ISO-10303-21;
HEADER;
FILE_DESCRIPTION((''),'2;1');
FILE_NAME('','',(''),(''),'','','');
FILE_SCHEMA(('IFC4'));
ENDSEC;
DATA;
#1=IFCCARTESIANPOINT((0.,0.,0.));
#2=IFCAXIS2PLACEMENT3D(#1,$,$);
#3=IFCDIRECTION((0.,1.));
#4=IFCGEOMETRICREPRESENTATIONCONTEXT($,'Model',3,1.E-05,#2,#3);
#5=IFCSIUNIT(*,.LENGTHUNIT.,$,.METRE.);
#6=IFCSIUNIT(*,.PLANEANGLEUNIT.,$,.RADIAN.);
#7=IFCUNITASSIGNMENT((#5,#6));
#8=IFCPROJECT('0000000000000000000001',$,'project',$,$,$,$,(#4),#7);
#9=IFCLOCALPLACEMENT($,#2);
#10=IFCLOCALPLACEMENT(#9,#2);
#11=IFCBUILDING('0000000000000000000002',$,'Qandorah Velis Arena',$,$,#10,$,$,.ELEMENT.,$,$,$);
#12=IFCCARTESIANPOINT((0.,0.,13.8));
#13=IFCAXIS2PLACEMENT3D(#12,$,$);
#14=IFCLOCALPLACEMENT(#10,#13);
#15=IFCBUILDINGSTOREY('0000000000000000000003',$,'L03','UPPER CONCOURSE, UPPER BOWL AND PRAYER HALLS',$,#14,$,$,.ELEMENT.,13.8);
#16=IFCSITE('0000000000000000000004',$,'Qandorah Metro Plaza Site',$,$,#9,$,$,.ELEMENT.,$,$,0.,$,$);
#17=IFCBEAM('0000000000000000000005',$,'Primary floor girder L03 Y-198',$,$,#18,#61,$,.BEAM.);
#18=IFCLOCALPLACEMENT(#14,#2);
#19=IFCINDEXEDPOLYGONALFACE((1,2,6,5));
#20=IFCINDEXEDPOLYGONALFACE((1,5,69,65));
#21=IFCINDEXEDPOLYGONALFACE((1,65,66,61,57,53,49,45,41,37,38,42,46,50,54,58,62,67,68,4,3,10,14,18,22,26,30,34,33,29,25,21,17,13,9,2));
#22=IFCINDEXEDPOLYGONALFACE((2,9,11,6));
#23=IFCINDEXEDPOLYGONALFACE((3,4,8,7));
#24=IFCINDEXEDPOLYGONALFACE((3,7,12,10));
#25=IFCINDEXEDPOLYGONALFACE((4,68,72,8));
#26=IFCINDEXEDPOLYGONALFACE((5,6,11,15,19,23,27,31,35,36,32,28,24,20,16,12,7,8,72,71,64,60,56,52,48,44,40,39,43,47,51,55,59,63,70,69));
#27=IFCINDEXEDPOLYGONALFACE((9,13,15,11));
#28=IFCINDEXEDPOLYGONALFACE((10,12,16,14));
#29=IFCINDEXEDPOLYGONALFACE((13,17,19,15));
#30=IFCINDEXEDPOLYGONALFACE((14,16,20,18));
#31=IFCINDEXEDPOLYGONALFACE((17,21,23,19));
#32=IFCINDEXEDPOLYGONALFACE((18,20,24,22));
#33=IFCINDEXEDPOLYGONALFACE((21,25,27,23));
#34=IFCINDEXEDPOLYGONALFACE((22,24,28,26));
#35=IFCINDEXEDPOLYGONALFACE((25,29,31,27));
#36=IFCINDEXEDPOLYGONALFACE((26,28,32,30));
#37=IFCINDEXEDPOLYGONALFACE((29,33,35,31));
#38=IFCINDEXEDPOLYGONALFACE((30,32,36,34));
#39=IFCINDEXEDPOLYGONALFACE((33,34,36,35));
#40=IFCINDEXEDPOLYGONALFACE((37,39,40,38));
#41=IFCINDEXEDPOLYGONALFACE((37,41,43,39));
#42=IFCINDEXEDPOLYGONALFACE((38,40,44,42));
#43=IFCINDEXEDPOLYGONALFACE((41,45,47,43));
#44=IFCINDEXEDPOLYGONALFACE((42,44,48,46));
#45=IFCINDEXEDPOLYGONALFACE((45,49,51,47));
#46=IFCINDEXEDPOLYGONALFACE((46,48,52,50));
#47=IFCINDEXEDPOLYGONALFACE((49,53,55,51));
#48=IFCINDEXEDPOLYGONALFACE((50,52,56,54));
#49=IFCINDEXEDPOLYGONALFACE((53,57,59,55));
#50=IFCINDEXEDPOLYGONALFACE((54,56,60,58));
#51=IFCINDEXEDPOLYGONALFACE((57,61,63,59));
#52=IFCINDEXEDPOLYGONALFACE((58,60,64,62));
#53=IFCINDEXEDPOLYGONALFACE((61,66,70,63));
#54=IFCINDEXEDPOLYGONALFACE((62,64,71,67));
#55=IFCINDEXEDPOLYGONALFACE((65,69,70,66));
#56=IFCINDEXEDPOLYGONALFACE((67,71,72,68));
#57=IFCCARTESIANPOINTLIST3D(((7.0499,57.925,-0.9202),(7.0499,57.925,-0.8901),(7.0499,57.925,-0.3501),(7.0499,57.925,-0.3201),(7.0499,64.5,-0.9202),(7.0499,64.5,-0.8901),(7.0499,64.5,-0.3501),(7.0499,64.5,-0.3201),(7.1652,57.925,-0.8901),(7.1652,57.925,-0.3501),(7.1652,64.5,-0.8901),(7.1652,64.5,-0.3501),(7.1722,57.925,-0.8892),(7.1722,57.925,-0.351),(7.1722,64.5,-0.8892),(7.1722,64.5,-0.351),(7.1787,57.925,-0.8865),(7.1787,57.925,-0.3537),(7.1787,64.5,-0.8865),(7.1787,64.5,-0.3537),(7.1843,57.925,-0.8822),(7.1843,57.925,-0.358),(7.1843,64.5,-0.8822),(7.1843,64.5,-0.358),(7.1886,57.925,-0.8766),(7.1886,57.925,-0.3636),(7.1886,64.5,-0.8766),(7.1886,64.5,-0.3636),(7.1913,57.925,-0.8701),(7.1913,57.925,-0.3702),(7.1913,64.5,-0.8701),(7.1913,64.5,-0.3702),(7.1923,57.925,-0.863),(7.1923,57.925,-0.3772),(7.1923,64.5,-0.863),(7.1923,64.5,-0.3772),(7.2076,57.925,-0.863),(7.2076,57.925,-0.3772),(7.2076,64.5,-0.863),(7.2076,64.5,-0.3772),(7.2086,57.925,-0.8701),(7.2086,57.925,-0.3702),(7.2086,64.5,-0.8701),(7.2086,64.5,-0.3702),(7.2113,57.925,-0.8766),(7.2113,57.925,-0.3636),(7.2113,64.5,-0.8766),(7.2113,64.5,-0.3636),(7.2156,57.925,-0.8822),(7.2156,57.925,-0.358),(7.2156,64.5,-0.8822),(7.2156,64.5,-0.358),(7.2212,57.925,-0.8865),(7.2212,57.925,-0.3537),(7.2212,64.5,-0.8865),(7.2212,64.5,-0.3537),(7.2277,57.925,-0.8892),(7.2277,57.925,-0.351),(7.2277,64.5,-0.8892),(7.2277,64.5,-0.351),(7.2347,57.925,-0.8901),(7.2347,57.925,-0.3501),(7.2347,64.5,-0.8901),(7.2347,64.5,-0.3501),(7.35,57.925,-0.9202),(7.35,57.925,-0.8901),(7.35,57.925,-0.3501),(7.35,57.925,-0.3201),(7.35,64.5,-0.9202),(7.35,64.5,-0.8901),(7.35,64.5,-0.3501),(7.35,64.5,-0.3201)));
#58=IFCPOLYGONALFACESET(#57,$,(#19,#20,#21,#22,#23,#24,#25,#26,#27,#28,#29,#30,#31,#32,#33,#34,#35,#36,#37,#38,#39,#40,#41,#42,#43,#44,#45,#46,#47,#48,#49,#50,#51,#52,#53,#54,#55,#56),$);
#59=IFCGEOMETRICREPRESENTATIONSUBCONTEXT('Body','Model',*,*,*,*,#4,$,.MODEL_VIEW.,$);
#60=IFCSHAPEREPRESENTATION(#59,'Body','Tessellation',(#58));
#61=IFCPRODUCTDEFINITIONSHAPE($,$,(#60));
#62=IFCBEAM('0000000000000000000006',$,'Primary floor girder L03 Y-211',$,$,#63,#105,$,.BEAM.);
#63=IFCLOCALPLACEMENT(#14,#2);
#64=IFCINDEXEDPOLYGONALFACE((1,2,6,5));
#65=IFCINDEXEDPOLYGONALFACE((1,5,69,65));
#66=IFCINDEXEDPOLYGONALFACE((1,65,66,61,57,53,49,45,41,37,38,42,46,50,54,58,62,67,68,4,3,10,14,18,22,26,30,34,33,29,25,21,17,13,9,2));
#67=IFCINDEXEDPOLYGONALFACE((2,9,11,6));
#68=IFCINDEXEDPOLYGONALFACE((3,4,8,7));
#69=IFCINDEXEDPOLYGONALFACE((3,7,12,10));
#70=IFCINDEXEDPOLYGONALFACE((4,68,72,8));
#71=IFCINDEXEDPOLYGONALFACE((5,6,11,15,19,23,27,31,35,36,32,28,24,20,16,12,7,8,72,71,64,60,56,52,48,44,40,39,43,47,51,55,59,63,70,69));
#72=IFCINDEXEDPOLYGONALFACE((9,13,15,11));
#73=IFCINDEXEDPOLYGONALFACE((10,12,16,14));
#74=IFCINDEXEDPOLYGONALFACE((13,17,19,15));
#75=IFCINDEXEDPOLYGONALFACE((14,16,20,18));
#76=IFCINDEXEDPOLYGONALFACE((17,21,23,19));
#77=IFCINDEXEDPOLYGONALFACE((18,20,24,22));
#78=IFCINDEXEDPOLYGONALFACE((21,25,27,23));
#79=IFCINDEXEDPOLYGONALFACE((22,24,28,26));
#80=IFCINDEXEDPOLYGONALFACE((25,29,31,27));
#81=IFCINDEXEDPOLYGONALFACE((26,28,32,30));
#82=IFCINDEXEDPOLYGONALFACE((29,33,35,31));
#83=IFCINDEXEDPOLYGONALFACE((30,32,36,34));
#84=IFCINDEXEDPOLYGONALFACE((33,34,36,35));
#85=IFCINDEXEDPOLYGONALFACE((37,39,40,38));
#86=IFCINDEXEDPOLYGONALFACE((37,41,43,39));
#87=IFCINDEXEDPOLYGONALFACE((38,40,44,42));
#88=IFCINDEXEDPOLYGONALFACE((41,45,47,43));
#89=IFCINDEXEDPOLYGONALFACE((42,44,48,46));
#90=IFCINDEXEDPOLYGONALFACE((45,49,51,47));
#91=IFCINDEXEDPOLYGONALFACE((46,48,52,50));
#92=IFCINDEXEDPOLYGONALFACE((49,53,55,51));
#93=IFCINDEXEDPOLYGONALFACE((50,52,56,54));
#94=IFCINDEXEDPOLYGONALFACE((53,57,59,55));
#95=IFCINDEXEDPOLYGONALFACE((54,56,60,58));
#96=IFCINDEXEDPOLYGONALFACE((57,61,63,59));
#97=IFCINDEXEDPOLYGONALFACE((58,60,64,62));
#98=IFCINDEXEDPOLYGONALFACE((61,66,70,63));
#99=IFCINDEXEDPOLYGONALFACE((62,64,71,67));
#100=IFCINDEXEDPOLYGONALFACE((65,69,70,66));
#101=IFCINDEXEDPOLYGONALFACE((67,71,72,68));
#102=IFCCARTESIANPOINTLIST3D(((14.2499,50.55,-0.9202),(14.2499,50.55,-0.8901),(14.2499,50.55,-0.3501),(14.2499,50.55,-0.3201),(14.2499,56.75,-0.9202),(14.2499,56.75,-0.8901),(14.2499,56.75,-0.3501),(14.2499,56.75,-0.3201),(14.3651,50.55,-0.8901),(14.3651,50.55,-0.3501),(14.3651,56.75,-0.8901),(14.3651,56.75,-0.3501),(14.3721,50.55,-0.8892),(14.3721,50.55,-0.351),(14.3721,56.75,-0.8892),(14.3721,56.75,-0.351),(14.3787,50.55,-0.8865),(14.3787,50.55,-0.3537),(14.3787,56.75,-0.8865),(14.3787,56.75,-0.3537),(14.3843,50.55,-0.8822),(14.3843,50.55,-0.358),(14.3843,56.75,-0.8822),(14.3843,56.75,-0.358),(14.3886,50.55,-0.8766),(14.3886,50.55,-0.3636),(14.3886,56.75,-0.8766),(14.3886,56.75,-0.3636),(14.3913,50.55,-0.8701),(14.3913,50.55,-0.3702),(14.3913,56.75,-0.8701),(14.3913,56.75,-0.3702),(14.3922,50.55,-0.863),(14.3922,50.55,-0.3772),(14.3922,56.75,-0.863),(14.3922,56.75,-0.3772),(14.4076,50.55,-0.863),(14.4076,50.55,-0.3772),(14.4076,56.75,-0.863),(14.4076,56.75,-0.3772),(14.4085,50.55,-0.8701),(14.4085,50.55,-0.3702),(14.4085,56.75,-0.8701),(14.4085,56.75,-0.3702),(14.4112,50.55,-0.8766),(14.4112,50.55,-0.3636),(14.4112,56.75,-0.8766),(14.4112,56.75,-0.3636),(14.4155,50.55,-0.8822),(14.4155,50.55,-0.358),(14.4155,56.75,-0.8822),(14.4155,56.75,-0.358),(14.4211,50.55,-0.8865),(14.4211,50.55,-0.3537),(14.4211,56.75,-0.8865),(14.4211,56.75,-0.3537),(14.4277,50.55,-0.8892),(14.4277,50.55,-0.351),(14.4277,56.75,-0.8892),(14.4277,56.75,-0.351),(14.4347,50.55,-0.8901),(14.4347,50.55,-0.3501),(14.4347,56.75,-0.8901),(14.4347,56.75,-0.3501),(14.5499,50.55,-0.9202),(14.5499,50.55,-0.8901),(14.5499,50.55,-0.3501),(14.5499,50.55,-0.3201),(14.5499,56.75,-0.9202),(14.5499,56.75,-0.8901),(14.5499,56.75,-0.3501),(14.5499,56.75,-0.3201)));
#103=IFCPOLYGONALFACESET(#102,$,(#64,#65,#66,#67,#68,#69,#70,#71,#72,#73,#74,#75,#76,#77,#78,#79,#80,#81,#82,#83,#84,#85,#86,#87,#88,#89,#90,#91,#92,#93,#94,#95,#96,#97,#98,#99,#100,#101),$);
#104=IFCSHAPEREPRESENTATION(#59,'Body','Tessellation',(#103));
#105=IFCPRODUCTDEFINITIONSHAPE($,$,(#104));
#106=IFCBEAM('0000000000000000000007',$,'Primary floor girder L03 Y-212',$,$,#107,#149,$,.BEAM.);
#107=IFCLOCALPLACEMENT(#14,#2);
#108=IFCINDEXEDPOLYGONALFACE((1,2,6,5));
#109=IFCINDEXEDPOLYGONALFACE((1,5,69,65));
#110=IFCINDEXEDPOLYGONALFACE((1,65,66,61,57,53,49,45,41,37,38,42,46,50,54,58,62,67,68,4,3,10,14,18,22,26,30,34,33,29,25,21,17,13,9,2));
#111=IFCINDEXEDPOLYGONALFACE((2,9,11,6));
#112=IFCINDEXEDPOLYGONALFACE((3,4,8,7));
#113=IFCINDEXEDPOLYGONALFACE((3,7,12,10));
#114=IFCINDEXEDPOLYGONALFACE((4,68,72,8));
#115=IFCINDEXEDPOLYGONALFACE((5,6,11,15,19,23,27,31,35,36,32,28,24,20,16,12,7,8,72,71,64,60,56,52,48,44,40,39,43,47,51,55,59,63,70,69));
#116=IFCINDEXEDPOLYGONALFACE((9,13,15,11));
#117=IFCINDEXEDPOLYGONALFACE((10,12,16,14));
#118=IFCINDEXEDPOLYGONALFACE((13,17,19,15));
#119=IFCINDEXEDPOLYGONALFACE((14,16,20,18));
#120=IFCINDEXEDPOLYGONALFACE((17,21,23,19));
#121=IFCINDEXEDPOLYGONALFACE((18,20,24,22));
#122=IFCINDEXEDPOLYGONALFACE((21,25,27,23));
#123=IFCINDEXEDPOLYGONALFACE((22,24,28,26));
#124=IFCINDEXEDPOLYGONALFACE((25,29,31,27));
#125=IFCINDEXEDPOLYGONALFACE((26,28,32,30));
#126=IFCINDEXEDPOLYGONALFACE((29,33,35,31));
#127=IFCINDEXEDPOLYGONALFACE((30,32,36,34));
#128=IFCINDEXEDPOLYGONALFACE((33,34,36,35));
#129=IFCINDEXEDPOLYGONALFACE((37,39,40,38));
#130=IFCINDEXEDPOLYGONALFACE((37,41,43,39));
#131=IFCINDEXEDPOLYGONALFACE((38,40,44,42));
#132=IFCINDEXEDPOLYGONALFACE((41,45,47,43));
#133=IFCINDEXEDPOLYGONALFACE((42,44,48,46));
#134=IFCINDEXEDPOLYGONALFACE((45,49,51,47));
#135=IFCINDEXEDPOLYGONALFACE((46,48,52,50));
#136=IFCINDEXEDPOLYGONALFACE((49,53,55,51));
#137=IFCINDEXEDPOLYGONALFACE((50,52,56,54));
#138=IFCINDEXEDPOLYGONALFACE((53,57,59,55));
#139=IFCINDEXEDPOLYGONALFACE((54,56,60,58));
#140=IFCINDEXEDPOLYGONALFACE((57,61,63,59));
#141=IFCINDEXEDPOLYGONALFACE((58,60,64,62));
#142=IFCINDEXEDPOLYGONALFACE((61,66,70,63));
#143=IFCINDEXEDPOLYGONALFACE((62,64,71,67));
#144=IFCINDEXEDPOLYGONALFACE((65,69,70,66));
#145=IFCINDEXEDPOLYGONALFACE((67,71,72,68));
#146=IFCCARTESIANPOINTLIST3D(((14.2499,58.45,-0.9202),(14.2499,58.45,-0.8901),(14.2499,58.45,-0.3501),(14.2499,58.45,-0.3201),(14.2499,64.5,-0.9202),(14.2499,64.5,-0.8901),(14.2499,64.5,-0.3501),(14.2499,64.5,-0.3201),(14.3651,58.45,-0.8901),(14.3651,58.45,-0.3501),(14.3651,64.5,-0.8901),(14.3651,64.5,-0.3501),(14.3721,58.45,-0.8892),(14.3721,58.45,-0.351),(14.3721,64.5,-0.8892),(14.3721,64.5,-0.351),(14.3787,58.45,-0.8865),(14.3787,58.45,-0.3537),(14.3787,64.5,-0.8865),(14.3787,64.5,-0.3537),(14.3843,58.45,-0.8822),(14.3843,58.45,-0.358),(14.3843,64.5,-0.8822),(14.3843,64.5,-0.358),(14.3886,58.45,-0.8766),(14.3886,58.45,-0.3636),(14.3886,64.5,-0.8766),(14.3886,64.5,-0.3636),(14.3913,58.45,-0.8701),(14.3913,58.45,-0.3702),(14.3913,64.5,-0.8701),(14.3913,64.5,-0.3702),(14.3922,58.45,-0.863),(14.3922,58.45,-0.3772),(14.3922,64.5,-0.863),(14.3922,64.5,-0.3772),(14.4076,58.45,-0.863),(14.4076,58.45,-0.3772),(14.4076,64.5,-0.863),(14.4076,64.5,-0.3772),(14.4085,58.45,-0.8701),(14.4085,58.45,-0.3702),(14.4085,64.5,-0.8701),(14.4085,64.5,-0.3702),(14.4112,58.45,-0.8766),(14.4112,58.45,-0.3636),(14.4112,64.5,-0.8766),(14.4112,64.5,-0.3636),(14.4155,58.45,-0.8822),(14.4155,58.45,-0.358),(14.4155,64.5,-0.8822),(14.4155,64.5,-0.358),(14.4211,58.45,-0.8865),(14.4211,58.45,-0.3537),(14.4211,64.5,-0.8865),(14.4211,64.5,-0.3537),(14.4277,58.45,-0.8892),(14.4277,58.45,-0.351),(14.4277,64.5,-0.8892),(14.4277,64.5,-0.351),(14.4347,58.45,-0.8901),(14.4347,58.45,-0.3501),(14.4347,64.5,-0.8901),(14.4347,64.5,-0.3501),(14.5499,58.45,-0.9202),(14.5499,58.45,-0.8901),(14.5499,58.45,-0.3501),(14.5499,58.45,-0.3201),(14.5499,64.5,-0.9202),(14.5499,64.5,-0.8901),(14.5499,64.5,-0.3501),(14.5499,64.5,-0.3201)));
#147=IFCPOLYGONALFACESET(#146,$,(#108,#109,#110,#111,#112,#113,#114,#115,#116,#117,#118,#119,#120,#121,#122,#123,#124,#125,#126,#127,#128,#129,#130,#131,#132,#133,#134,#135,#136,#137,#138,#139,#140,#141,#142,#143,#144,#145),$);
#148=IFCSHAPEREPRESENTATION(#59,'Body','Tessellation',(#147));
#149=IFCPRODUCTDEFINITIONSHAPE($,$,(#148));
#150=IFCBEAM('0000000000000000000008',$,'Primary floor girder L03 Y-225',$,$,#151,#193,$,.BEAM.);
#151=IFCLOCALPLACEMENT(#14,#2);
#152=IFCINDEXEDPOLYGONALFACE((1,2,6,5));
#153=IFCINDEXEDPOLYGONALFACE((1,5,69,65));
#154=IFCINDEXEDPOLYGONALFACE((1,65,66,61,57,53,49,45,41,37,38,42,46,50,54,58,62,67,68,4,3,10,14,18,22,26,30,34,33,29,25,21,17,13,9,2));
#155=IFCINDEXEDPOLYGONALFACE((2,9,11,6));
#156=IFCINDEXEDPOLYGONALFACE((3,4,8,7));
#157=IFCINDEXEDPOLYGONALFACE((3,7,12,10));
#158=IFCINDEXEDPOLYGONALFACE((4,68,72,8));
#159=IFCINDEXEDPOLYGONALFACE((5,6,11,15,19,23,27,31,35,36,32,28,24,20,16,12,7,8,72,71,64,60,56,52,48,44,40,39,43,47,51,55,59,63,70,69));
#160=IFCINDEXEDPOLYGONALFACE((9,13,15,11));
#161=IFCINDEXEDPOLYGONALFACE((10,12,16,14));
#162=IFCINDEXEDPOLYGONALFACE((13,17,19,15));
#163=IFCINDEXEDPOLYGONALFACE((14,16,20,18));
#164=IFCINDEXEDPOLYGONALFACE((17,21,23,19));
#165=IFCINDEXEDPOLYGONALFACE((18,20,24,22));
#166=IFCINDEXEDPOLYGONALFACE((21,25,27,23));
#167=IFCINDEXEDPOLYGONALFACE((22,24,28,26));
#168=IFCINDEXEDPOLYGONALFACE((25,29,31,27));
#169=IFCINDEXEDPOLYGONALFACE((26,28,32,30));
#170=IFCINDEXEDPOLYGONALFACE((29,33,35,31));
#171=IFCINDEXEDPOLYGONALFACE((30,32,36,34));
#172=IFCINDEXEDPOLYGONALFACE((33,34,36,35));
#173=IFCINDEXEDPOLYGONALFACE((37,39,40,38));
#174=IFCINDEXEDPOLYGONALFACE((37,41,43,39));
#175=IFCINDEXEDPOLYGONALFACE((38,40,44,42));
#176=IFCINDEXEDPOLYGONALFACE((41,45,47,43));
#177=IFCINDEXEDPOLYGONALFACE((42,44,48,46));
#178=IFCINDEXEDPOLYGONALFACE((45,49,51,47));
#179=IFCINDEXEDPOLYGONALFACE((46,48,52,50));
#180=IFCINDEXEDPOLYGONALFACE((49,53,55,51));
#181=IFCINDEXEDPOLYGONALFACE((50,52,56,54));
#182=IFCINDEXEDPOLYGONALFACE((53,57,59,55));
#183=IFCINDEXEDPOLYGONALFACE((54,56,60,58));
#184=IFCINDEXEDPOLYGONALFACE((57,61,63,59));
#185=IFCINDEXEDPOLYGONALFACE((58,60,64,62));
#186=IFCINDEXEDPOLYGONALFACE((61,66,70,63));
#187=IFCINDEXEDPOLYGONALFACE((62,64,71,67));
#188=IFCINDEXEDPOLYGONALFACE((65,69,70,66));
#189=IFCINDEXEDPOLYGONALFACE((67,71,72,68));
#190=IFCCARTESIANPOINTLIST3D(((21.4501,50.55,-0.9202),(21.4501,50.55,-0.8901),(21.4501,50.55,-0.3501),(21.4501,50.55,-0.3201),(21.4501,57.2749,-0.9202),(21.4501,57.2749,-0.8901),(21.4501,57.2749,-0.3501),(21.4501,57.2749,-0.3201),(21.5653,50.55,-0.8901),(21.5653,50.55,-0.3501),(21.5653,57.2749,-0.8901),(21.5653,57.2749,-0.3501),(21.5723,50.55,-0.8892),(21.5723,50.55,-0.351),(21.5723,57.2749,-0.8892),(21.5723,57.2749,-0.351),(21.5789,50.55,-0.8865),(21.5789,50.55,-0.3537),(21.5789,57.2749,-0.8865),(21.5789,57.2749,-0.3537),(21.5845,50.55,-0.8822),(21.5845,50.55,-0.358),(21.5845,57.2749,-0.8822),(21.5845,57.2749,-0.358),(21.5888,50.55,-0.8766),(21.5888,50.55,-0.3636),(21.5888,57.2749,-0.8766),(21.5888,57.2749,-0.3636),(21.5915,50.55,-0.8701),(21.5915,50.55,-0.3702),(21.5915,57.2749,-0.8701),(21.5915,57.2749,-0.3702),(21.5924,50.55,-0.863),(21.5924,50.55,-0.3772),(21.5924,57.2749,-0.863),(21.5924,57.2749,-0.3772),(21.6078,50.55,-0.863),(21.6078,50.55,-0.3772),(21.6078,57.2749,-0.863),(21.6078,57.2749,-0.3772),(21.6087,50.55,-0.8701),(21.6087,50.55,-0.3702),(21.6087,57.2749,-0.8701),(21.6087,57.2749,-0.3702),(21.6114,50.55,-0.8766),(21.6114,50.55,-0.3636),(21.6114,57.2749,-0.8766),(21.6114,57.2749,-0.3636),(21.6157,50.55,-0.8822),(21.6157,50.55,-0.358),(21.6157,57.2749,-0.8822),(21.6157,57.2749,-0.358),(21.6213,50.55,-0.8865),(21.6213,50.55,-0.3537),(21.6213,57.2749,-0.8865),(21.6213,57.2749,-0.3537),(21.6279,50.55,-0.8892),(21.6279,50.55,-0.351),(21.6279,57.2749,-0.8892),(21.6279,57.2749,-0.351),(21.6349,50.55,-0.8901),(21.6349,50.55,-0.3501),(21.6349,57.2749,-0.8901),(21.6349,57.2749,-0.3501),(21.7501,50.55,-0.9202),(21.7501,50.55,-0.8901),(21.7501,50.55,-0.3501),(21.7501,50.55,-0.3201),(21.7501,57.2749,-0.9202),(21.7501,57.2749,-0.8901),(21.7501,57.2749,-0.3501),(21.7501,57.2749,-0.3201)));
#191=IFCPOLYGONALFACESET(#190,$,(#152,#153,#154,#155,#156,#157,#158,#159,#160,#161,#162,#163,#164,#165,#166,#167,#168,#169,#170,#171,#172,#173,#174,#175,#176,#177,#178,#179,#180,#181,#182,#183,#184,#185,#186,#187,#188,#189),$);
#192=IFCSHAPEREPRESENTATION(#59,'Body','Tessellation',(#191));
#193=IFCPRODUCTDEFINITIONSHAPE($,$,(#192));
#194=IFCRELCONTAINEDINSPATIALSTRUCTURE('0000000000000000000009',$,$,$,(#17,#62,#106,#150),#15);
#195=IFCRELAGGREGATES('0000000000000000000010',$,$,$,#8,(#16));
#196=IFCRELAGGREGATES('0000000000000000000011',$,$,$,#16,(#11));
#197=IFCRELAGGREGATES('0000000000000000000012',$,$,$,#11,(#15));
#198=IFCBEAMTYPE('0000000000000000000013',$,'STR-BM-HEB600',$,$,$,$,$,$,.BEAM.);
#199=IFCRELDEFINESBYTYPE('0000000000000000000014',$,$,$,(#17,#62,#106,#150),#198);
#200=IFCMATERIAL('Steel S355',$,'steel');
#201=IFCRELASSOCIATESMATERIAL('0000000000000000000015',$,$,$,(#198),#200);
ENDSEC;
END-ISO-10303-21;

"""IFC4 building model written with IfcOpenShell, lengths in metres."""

from ifc_helpers import new_model, si_unit, direction, frame, origin, origin_2d, place, context, subcontext, project, spatial, i_section, extrude, material, material_profile, profile_set, type_object, element, save


model = new_model("IFC4")

# Units and contexts
model_context = context("Model", 3, precision=1e-05, world=origin(), true_north=direction((0.0, 1.0)))
body_context = subcontext(model_context, "Body", "Model", "MODEL_VIEW")
ifc_project = project(units=[si_unit("LENGTHUNIT", "METRE"), si_unit("PLANEANGLEUNIT", "RADIAN")], contexts=[model_context])

# Site, building, storey
site_placement = place(None, origin())
site = spatial("IfcSite", under=ifc_project, at=site_placement, Name="Qandorah Metro Plaza Site", CompositionType="ELEMENT", RefElevation=0.0)
building_placement = place(site_placement, origin())
building = spatial("IfcBuilding", under=site, at=building_placement, Name="Qandorah Velis Arena", CompositionType="ELEMENT")
storey_placement = place(building_placement, frame((0.0, 0.0, 13.8)))
storey = spatial("IfcBuildingStorey", under=building, at=storey_placement, Name="L03", Description="UPPER CONCOURSE, UPPER BOWL AND PRAYER HALLS", CompositionType="ELEMENT", Elevation=13.8)

# Beams
ifc_material_1 = material(Name="Steel S355", Category="steel")
ifc_material_profile_1 = material_profile(ifc_material_1, i_section(OverallWidth=0.3, OverallDepth=0.6001, WebThickness=0.0154, FlangeThickness=0.03, FilletRadius=0.0271, at=origin_2d()), Name="HEB 600")
ifc_profile_set_1 = profile_set([ifc_material_profile_1], Name="Steel S355")
beam_type_1 = type_object("IfcBeamType", Name="STR-BM-HEB600", PredefinedType="BEAM", material=ifc_profile_set_1)
beam_1_placement = place(storey_placement, frame((7.2, 57.925, -0.6201), z_axis=(0.0, 1.0, 0.0), x_axis=(-1.0, 0.0, 0.0)))
element("IfcBeam", 1, at=beam_1_placement, inside=storey, type_object=beam_type_1, Name="Primary floor girder L03 Y-198", PredefinedType="BEAM", context=body_context, shape_type="SweptSolid", body=[
    extrude(i_section(OverallWidth=0.3, OverallDepth=0.6001, WebThickness=0.0154, FlangeThickness=0.03, FilletRadius=0.0271, at=origin_2d()), origin(), (0.0, 0.0, 1.0), 6.575),
])
beam_2_placement = place(storey_placement, frame((14.3999, 50.55, -0.6201), z_axis=(0.0, 1.0, 0.0), x_axis=(-1.0, 0.0, 0.0)))
element("IfcBeam", 2, at=beam_2_placement, inside=storey, type_object=beam_type_1, Name="Primary floor girder L03 Y-211", PredefinedType="BEAM", context=body_context, shape_type="SweptSolid", body=[
    extrude(i_section(OverallWidth=0.3, OverallDepth=0.6001, WebThickness=0.0154, FlangeThickness=0.03, FilletRadius=0.0271, at=origin_2d()), origin(), (0.0, 0.0, 1.0), 6.2),
])
beam_3_placement = place(storey_placement, frame((14.3999, 58.45, -0.6201), z_axis=(0.0, 1.0, 0.0), x_axis=(-1.0, 0.0, 0.0)))
element("IfcBeam", 3, at=beam_3_placement, inside=storey, type_object=beam_type_1, Name="Primary floor girder L03 Y-212", PredefinedType="BEAM", context=body_context, shape_type="SweptSolid", body=[
    extrude(i_section(OverallWidth=0.3, OverallDepth=0.6001, WebThickness=0.0154, FlangeThickness=0.03, FilletRadius=0.0271, at=origin_2d()), origin(), (0.0, 0.0, 1.0), 6.05),
])
beam_4_placement = place(storey_placement, frame((21.6001, 50.55, -0.6201), z_axis=(0.0, 1.0, 0.0), x_axis=(-1.0, 0.0, 0.0)))
element("IfcBeam", 4, at=beam_4_placement, inside=storey, type_object=beam_type_1, Name="Primary floor girder L03 Y-225", PredefinedType="BEAM", context=body_context, shape_type="SweptSolid", body=[
    extrude(i_section(OverallWidth=0.3, OverallDepth=0.6001, WebThickness=0.0154, FlangeThickness=0.03, FilletRadius=0.0271, at=origin_2d()), origin(), (0.0, 0.0, 1.0), 6.7249),
])

save(model, "model.ifc")
